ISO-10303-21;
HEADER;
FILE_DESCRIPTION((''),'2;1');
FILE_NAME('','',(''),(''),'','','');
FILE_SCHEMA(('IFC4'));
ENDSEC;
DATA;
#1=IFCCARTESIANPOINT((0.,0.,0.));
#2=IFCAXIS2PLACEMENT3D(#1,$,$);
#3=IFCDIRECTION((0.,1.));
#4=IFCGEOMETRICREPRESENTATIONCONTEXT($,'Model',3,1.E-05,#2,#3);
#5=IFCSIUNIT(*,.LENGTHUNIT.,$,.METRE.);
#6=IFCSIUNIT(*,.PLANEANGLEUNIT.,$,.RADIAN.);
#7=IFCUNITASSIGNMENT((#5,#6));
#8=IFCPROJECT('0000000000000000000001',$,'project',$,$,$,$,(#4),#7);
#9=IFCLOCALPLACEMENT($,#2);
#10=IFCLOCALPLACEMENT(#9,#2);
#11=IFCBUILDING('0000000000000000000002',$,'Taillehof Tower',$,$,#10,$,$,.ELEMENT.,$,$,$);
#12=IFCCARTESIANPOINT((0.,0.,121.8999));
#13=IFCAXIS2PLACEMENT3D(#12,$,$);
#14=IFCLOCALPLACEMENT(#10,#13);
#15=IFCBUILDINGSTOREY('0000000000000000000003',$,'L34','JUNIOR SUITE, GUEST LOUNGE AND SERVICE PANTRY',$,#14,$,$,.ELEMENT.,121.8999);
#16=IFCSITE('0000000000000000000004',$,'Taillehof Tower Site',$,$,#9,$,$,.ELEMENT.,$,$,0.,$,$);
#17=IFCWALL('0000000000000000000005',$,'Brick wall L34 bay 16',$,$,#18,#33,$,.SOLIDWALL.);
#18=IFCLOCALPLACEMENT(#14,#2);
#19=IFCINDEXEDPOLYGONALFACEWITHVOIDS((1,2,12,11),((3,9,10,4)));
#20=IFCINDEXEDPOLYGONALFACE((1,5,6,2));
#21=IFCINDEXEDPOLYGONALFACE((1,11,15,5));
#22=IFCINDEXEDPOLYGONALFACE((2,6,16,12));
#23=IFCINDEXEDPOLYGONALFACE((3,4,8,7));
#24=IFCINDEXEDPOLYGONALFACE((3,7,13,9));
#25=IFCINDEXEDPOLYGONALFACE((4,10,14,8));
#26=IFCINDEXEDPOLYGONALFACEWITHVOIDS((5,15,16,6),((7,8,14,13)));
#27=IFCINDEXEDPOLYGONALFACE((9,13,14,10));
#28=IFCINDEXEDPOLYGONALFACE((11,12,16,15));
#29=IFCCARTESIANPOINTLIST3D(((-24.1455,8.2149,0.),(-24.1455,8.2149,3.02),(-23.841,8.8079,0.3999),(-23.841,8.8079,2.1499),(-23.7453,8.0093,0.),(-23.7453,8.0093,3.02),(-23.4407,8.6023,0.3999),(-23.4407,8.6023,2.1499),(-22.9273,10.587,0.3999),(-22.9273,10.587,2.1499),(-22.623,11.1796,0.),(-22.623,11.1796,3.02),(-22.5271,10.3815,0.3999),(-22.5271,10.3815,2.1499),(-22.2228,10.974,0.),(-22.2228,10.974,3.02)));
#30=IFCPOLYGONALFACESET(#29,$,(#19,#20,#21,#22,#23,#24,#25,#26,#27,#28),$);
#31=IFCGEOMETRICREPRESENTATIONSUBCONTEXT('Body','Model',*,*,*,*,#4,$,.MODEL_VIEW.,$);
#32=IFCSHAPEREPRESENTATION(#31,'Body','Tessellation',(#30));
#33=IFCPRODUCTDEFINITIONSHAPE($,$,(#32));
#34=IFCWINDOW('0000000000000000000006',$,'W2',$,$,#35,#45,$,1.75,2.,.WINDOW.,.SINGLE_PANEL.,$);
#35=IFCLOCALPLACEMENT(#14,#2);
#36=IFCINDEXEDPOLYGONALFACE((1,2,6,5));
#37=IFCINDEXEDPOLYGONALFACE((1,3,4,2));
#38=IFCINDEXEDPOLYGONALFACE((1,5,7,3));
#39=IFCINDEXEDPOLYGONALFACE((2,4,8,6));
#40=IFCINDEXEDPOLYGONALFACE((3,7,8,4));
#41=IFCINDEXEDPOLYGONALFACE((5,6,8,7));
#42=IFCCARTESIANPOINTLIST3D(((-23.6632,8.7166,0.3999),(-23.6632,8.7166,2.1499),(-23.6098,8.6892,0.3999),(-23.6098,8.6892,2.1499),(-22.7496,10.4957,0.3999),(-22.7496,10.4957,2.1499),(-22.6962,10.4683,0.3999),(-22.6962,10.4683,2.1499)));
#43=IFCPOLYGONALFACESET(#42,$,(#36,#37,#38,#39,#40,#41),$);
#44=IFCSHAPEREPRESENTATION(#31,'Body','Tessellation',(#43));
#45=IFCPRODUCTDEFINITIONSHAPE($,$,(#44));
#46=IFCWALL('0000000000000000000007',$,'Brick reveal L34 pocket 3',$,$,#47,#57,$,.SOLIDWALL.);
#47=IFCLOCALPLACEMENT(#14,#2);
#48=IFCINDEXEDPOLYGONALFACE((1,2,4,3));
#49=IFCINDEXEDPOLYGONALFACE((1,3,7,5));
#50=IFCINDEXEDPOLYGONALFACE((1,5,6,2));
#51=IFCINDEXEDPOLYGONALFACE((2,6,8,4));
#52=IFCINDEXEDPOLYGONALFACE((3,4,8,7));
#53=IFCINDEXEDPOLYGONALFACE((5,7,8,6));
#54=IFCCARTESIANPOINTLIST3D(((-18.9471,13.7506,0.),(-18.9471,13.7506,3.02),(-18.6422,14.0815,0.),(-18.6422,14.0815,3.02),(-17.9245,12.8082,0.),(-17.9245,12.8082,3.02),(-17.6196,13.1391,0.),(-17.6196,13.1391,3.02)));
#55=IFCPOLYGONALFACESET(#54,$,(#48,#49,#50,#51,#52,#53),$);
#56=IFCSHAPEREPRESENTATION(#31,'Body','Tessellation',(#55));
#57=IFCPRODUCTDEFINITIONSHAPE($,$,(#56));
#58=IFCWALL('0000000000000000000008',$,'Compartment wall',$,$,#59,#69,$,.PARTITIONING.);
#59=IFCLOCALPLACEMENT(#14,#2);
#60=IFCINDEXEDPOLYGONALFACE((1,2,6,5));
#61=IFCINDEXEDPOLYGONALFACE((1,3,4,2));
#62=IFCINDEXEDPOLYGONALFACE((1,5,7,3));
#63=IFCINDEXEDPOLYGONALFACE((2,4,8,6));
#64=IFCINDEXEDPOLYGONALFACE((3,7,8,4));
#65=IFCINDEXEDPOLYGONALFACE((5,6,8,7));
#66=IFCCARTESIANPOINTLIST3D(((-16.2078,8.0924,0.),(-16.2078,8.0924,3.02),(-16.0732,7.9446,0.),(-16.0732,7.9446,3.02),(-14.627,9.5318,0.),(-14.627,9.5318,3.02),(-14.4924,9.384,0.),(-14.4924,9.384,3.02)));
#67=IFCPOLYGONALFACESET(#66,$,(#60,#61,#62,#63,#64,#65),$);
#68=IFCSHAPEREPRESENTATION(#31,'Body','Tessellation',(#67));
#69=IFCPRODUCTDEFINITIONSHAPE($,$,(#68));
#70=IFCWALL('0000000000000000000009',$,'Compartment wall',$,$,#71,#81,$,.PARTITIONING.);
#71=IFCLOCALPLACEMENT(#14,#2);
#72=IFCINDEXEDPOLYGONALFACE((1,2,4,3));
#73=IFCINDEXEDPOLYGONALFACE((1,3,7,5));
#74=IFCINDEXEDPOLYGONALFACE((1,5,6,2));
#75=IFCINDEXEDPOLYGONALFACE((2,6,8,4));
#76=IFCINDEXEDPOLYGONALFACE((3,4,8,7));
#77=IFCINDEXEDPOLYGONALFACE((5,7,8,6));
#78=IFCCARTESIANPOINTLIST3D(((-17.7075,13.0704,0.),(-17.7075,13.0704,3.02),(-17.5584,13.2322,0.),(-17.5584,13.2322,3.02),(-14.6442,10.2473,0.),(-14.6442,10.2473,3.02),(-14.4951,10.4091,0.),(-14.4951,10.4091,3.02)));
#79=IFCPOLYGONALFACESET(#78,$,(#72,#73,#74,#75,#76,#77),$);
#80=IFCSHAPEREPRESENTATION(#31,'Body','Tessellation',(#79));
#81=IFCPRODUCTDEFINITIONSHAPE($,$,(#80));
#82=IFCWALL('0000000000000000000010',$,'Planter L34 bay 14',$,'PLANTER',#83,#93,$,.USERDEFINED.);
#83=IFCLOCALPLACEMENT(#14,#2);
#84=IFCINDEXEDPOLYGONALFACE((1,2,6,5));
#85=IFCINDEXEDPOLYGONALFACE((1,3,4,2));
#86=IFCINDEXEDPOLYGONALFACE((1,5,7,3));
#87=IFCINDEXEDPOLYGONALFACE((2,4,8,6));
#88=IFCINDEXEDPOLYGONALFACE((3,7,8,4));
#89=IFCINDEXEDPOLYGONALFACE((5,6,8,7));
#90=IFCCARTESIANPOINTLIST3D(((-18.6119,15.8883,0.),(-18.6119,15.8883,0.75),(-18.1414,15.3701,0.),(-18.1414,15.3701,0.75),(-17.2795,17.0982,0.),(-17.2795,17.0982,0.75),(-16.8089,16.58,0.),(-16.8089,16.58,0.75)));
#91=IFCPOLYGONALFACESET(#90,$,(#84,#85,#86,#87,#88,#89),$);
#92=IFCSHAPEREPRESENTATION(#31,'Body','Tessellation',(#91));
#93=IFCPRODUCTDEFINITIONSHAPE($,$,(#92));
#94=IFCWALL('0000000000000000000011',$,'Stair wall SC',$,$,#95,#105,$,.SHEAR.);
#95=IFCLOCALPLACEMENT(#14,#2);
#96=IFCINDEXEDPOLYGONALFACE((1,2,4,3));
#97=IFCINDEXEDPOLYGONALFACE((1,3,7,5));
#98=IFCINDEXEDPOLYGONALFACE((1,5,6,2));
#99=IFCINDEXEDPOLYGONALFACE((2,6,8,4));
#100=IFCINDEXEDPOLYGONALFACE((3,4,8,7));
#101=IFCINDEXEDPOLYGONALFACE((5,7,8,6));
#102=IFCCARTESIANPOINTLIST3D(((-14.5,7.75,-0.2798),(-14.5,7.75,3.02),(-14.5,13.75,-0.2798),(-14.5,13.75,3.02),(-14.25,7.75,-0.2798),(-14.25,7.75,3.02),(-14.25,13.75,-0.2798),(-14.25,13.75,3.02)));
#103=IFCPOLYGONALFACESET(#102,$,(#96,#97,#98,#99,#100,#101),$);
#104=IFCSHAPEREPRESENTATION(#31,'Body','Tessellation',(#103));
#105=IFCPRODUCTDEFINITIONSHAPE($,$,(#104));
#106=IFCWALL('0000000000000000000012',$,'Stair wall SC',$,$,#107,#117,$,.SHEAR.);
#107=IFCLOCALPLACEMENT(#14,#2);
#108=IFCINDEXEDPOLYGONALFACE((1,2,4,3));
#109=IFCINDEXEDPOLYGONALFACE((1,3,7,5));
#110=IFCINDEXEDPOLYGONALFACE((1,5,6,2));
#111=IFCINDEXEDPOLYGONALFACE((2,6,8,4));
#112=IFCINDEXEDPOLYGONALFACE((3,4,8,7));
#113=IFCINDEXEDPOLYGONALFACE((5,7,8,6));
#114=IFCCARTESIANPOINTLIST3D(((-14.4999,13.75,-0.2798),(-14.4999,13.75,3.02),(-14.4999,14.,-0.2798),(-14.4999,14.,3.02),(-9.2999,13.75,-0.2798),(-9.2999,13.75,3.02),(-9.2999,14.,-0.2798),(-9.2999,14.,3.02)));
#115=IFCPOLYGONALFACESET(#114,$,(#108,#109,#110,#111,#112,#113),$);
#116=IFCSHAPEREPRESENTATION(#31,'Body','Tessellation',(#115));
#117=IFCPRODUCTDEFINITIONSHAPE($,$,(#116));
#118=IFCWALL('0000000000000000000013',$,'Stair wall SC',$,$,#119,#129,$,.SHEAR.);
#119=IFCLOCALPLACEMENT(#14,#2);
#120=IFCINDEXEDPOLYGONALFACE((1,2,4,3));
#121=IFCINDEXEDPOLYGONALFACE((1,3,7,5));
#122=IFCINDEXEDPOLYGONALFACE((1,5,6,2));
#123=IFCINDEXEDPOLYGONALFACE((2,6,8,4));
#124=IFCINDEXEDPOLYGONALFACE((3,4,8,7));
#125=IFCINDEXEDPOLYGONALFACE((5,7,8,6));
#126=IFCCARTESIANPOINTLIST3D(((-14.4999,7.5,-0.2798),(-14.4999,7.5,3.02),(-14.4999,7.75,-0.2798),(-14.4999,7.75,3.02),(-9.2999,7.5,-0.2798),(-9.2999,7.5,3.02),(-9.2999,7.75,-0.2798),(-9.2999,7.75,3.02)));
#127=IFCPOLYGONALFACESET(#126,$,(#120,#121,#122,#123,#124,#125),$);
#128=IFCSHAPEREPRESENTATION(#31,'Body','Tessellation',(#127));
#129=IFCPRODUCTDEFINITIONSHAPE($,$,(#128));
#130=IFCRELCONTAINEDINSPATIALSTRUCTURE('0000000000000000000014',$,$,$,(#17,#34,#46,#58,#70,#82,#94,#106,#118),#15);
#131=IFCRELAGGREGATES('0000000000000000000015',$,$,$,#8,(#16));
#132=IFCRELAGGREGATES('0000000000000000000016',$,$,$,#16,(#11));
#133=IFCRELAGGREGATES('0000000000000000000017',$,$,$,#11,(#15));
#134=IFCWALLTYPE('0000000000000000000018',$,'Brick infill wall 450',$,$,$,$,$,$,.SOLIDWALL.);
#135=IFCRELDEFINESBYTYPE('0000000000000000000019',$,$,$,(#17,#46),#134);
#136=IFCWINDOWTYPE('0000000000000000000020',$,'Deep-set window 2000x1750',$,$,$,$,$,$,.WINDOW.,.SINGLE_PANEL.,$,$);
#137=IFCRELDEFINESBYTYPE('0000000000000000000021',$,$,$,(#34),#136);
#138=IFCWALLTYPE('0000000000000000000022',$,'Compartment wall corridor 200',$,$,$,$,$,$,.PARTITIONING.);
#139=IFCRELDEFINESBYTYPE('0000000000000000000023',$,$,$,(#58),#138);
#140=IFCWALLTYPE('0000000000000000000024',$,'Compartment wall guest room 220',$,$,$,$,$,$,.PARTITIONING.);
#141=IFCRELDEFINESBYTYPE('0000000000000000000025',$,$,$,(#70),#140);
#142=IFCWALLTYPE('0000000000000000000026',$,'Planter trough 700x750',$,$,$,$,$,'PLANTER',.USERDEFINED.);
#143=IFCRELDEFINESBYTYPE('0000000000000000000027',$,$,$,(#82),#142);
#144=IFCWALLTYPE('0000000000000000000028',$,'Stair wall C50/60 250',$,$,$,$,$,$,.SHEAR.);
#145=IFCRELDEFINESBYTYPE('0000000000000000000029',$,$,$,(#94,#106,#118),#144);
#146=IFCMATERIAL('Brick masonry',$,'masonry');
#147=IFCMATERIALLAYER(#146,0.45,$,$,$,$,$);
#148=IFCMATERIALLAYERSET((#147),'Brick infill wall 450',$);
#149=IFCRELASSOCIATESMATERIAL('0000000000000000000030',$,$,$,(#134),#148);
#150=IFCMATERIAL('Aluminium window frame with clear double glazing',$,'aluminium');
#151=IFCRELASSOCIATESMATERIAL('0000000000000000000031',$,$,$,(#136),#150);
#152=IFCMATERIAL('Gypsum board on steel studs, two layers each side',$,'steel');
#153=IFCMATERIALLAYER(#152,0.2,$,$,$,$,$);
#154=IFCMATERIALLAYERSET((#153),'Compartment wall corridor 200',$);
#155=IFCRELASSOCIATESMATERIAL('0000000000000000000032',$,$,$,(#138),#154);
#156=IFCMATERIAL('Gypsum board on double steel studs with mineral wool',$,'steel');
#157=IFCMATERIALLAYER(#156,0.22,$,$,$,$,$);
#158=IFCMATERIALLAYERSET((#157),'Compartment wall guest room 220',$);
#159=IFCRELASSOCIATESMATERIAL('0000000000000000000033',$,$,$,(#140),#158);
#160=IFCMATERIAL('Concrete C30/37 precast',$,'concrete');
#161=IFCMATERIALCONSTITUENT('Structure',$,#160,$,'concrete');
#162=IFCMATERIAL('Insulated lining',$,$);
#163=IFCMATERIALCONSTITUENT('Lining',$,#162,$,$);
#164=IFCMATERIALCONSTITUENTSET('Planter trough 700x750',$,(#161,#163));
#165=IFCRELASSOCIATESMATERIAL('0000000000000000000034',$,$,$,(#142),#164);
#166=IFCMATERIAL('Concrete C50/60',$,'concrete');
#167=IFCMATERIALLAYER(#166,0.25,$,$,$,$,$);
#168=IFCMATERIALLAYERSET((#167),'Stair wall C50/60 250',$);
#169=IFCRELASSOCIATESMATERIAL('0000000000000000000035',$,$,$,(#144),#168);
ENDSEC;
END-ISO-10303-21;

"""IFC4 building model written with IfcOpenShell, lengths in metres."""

from ifc_helpers import new_model, si_unit, direction, frame, frame_2d, origin, place, context, subcontext, project, spatial, rectangle, extrude, material, layer, layer_set, constituent, constituent_set, type_object, element, fill, save


model = new_model("IFC4")

# Units and contexts
model_context = context("Model", 3, precision=1e-05, world=origin(), true_north=direction((0.0, 1.0)))
body_context = subcontext(model_context, "Body", "Model", "MODEL_VIEW")
ifc_project = project(units=[si_unit("LENGTHUNIT", "METRE"), si_unit("PLANEANGLEUNIT", "RADIAN")], contexts=[model_context])

# Site, building, storey
site_placement = place(None, origin())
site = spatial("IfcSite", under=ifc_project, at=site_placement, Name="Taillehof Tower Site", CompositionType="ELEMENT", RefElevation=0.0)
building_placement = place(site_placement, origin())
building = spatial("IfcBuilding", under=site, at=building_placement, Name="Taillehof Tower", CompositionType="ELEMENT")
storey_placement = place(building_placement, frame((0.0, 0.0, 121.8999)))
storey = spatial("IfcBuildingStorey", under=building, at=storey_placement, Name="L34", Description="JUNIOR SUITE, GUEST LOUNGE AND SERVICE PANTRY", CompositionType="ELEMENT", Elevation=121.8999)

# Wall, opening, window
ifc_material_1 = material(Name="Brick masonry", Category="masonry")
ifc_layer_1 = layer(ifc_material_1, 0.45)
ifc_layer_set_1 = layer_set([ifc_layer_1], Name="Brick infill wall 450")
wall_type_1 = type_object("IfcWallType", Name="Brick infill wall 450", PredefinedType="SOLIDWALL", material=ifc_layer_set_1)
ifc_material_2 = material(Name="Aluminium window frame with clear double glazing", Category="aluminium")
window_type_1 = type_object("IfcWindowType", Name="Deep-set window 2000x1750", PartitioningType="SINGLE_PANEL", PredefinedType="WINDOW", material=ifc_material_2)
wall_1_placement = place(storey_placement, frame((-22.4229, 11.0769, 0.0), z_axis=(0.0, 0.0, 1.0), x_axis=(-0.456828, -0.889555, 0.0)))
wall_1 = element("IfcWall", 1, at=wall_1_placement, inside=storey, type_object=wall_type_1, Name="Brick wall L34 bay 16", PredefinedType="SOLIDWALL", context=body_context, shape_type="SweptSolid", body=[
    extrude(rectangle(XDim=3.3328, YDim=0.45, at=frame_2d((1.6665, 0.0))), origin(), (0.0, 0.0, 1.0), 3.02),
])
opening_1_placement = place(wall_1_placement, frame((0.6663, 0.0, 0.3999)))
opening_1 = element("IfcOpeningElement", 2, at=opening_1_placement, cuts=wall_1, PredefinedType="OPENING", context=body_context, shape_type="SweptSolid", body=[
    extrude(rectangle(XDim=2.0, YDim=1.75, at=frame_2d((1.0, 0.875))), frame((0.0, 0.2349, 0.0), z_axis=(0.0, -1.0, 0.0), x_axis=(1.0, 0.0, 0.0)), (0.0, 0.0, 1.0), 0.47),
])
window_1_placement = place(opening_1_placement, origin())
window_1 = element("IfcWindow", 3, at=window_1_placement, inside=storey, type_object=window_type_1, Name="W2", OverallHeight=1.75, OverallWidth=2.0, PartitioningType="SINGLE_PANEL", PredefinedType="WINDOW", context=body_context, shape_type="SweptSolid", body=[
    extrude(rectangle(XDim=2.0, YDim=1.75, at=frame_2d((1.0, 0.875))), frame((0.0, 0.0349, 0.0), z_axis=(0.0, -1.0, 0.0), x_axis=(1.0, 0.0, 0.0)), (0.0, 0.0, 1.0), 0.0601),
])
fill(opening_1, window_1)

# Wall
wall_2_placement = place(storey_placement, frame((-18.7947, 13.916, 0.0), z_axis=(0.0, 0.0, 1.0), x_axis=(0.735395, -0.677638, 0.0)))
element("IfcWall", 4, at=wall_2_placement, inside=storey, type_object=wall_type_1, Name="Brick reveal L34 pocket 3", PredefinedType="SOLIDWALL", context=body_context, shape_type="SweptSolid", body=[
    extrude(rectangle(XDim=1.3906, YDim=0.45, at=frame_2d((0.6953, 0.0))), origin(), (0.0, 0.0, 1.0), 3.02),
])

# Walls
ifc_material_3 = material(Name="Gypsum board on steel studs, two layers each side", Category="steel")
ifc_layer_2 = layer(ifc_material_3, 0.2)
ifc_layer_set_2 = layer_set([ifc_layer_2], Name="Compartment wall corridor 200")
wall_type_2 = type_object("IfcWallType", Name="Compartment wall corridor 200", PredefinedType="PARTITIONING", material=ifc_layer_set_2)
wall_3_placement = place(storey_placement, frame((-16.1404, 8.0186, 0.0), z_axis=(0.0, 0.0, 1.0), x_axis=(0.739392, 0.673275, 0.0)))
element("IfcWall", 5, at=wall_3_placement, inside=storey, type_object=wall_type_2, Name="Compartment wall", PredefinedType="PARTITIONING", context=body_context, shape_type="SweptSolid", body=[
    extrude(rectangle(XDim=2.1379, YDim=0.2, at=frame_2d((1.0688, 0.0))), origin(), (0.0, 0.0, 1.0), 3.02),
])
ifc_material_4 = material(Name="Gypsum board on double steel studs with mineral wool", Category="steel")
ifc_layer_3 = layer(ifc_material_4, 0.22)
ifc_layer_set_3 = layer_set([ifc_layer_3], Name="Compartment wall guest room 220")
wall_type_3 = type_object("IfcWallType", Name="Compartment wall guest room 220", PredefinedType="PARTITIONING", material=ifc_layer_set_3)
wall_4_placement = place(storey_placement, frame((-17.6331, 13.1514, 0.0), z_axis=(0.0, 0.0, 1.0), x_axis=(0.735354, -0.677684, 0.0)))
element("IfcWall", 6, at=wall_4_placement, inside=storey, type_object=wall_type_3, Name="Compartment wall", PredefinedType="PARTITIONING", context=body_context, shape_type="SweptSolid", body=[
    extrude(rectangle(XDim=4.1658, YDim=0.22, at=frame_2d((2.083, 0.0))), origin(), (0.0, 0.0, 1.0), 3.02),
])
ifc_material_5 = material(Name="Concrete C30/37 precast", Category="concrete")
ifc_constituent_1 = constituent(ifc_material_5, Name="Structure", Category="concrete")
ifc_material_6 = material(Name="Insulated lining")
ifc_constituent_2 = constituent(ifc_material_6, Name="Lining")
ifc_constituent_set = constituent_set(constituents=[ifc_constituent_1, ifc_constituent_2], Name="Planter trough 700x750")
wall_type_4 = type_object("IfcWallType", Name="Planter trough 700x750", ElementType="PLANTER", PredefinedType="USERDEFINED", material=ifc_constituent_set)
wall_5_placement = place(storey_placement, frame((-17.0442, 16.8391, 0.0), z_axis=(0.0, 0.0, 1.0), x_axis=(-0.740333, -0.672241, 0.0)))
element("IfcWall", 7, at=wall_5_placement, inside=storey, type_object=wall_type_4, Name="Planter L34 bay 14", ObjectType="PLANTER", PredefinedType="USERDEFINED", context=body_context, shape_type="SweptSolid", body=[
    extrude(rectangle(XDim=1.7998, YDim=0.7, at=frame_2d((0.8999, 0.0))), origin(), (0.0, 0.0, 1.0), 0.75),
])
ifc_material_7 = material(Name="Concrete C50/60", Category="concrete")
ifc_layer_4 = layer(ifc_material_7, 0.25)
ifc_layer_set_4 = layer_set([ifc_layer_4], Name="Stair wall C50/60 250")
wall_type_5 = type_object("IfcWallType", Name="Stair wall C50/60 250", PredefinedType="SHEAR", material=ifc_layer_set_4)
wall_6_placement = place(storey_placement, frame((-14.375, 7.75, -0.2798), z_axis=(0.0, 0.0, 1.0), x_axis=(0.0, 1.0, 0.0)))
element("IfcWall", 8, at=wall_6_placement, inside=storey, type_object=wall_type_5, Name="Stair wall SC", PredefinedType="SHEAR", context=body_context, shape_type="SweptSolid", body=[
    extrude(rectangle(XDim=6.0, YDim=0.25, at=frame_2d((3.0, 0.0))), origin(), (0.0, 0.0, 1.0), 3.2998),
])
for number, where, z_axis, x_axis, name in (
    (9, (-14.5, 13.875, -0.2798), (0.0, 0.0, 1.0), (1.0, 0.0, 0.0), "Stair wall SC"),
    (10, (-14.5, 7.625, -0.2798), (0.0, 0.0, 1.0), (1.0, 0.0, 0.0), "Stair wall SC"),
):
    element("IfcWall", number, at=place(storey_placement, frame(where, z_axis=z_axis, x_axis=x_axis)), inside=storey, type_object=wall_type_5, Name=name, PredefinedType="SHEAR", context=body_context, shape_type="SweptSolid", body=[
        extrude(rectangle(XDim=5.2, YDim=0.25, at=frame_2d((2.6001, 0.0))), origin(), (0.0, 0.0, 1.0), 3.2998),
    ])

save(model, "model.ifc")
